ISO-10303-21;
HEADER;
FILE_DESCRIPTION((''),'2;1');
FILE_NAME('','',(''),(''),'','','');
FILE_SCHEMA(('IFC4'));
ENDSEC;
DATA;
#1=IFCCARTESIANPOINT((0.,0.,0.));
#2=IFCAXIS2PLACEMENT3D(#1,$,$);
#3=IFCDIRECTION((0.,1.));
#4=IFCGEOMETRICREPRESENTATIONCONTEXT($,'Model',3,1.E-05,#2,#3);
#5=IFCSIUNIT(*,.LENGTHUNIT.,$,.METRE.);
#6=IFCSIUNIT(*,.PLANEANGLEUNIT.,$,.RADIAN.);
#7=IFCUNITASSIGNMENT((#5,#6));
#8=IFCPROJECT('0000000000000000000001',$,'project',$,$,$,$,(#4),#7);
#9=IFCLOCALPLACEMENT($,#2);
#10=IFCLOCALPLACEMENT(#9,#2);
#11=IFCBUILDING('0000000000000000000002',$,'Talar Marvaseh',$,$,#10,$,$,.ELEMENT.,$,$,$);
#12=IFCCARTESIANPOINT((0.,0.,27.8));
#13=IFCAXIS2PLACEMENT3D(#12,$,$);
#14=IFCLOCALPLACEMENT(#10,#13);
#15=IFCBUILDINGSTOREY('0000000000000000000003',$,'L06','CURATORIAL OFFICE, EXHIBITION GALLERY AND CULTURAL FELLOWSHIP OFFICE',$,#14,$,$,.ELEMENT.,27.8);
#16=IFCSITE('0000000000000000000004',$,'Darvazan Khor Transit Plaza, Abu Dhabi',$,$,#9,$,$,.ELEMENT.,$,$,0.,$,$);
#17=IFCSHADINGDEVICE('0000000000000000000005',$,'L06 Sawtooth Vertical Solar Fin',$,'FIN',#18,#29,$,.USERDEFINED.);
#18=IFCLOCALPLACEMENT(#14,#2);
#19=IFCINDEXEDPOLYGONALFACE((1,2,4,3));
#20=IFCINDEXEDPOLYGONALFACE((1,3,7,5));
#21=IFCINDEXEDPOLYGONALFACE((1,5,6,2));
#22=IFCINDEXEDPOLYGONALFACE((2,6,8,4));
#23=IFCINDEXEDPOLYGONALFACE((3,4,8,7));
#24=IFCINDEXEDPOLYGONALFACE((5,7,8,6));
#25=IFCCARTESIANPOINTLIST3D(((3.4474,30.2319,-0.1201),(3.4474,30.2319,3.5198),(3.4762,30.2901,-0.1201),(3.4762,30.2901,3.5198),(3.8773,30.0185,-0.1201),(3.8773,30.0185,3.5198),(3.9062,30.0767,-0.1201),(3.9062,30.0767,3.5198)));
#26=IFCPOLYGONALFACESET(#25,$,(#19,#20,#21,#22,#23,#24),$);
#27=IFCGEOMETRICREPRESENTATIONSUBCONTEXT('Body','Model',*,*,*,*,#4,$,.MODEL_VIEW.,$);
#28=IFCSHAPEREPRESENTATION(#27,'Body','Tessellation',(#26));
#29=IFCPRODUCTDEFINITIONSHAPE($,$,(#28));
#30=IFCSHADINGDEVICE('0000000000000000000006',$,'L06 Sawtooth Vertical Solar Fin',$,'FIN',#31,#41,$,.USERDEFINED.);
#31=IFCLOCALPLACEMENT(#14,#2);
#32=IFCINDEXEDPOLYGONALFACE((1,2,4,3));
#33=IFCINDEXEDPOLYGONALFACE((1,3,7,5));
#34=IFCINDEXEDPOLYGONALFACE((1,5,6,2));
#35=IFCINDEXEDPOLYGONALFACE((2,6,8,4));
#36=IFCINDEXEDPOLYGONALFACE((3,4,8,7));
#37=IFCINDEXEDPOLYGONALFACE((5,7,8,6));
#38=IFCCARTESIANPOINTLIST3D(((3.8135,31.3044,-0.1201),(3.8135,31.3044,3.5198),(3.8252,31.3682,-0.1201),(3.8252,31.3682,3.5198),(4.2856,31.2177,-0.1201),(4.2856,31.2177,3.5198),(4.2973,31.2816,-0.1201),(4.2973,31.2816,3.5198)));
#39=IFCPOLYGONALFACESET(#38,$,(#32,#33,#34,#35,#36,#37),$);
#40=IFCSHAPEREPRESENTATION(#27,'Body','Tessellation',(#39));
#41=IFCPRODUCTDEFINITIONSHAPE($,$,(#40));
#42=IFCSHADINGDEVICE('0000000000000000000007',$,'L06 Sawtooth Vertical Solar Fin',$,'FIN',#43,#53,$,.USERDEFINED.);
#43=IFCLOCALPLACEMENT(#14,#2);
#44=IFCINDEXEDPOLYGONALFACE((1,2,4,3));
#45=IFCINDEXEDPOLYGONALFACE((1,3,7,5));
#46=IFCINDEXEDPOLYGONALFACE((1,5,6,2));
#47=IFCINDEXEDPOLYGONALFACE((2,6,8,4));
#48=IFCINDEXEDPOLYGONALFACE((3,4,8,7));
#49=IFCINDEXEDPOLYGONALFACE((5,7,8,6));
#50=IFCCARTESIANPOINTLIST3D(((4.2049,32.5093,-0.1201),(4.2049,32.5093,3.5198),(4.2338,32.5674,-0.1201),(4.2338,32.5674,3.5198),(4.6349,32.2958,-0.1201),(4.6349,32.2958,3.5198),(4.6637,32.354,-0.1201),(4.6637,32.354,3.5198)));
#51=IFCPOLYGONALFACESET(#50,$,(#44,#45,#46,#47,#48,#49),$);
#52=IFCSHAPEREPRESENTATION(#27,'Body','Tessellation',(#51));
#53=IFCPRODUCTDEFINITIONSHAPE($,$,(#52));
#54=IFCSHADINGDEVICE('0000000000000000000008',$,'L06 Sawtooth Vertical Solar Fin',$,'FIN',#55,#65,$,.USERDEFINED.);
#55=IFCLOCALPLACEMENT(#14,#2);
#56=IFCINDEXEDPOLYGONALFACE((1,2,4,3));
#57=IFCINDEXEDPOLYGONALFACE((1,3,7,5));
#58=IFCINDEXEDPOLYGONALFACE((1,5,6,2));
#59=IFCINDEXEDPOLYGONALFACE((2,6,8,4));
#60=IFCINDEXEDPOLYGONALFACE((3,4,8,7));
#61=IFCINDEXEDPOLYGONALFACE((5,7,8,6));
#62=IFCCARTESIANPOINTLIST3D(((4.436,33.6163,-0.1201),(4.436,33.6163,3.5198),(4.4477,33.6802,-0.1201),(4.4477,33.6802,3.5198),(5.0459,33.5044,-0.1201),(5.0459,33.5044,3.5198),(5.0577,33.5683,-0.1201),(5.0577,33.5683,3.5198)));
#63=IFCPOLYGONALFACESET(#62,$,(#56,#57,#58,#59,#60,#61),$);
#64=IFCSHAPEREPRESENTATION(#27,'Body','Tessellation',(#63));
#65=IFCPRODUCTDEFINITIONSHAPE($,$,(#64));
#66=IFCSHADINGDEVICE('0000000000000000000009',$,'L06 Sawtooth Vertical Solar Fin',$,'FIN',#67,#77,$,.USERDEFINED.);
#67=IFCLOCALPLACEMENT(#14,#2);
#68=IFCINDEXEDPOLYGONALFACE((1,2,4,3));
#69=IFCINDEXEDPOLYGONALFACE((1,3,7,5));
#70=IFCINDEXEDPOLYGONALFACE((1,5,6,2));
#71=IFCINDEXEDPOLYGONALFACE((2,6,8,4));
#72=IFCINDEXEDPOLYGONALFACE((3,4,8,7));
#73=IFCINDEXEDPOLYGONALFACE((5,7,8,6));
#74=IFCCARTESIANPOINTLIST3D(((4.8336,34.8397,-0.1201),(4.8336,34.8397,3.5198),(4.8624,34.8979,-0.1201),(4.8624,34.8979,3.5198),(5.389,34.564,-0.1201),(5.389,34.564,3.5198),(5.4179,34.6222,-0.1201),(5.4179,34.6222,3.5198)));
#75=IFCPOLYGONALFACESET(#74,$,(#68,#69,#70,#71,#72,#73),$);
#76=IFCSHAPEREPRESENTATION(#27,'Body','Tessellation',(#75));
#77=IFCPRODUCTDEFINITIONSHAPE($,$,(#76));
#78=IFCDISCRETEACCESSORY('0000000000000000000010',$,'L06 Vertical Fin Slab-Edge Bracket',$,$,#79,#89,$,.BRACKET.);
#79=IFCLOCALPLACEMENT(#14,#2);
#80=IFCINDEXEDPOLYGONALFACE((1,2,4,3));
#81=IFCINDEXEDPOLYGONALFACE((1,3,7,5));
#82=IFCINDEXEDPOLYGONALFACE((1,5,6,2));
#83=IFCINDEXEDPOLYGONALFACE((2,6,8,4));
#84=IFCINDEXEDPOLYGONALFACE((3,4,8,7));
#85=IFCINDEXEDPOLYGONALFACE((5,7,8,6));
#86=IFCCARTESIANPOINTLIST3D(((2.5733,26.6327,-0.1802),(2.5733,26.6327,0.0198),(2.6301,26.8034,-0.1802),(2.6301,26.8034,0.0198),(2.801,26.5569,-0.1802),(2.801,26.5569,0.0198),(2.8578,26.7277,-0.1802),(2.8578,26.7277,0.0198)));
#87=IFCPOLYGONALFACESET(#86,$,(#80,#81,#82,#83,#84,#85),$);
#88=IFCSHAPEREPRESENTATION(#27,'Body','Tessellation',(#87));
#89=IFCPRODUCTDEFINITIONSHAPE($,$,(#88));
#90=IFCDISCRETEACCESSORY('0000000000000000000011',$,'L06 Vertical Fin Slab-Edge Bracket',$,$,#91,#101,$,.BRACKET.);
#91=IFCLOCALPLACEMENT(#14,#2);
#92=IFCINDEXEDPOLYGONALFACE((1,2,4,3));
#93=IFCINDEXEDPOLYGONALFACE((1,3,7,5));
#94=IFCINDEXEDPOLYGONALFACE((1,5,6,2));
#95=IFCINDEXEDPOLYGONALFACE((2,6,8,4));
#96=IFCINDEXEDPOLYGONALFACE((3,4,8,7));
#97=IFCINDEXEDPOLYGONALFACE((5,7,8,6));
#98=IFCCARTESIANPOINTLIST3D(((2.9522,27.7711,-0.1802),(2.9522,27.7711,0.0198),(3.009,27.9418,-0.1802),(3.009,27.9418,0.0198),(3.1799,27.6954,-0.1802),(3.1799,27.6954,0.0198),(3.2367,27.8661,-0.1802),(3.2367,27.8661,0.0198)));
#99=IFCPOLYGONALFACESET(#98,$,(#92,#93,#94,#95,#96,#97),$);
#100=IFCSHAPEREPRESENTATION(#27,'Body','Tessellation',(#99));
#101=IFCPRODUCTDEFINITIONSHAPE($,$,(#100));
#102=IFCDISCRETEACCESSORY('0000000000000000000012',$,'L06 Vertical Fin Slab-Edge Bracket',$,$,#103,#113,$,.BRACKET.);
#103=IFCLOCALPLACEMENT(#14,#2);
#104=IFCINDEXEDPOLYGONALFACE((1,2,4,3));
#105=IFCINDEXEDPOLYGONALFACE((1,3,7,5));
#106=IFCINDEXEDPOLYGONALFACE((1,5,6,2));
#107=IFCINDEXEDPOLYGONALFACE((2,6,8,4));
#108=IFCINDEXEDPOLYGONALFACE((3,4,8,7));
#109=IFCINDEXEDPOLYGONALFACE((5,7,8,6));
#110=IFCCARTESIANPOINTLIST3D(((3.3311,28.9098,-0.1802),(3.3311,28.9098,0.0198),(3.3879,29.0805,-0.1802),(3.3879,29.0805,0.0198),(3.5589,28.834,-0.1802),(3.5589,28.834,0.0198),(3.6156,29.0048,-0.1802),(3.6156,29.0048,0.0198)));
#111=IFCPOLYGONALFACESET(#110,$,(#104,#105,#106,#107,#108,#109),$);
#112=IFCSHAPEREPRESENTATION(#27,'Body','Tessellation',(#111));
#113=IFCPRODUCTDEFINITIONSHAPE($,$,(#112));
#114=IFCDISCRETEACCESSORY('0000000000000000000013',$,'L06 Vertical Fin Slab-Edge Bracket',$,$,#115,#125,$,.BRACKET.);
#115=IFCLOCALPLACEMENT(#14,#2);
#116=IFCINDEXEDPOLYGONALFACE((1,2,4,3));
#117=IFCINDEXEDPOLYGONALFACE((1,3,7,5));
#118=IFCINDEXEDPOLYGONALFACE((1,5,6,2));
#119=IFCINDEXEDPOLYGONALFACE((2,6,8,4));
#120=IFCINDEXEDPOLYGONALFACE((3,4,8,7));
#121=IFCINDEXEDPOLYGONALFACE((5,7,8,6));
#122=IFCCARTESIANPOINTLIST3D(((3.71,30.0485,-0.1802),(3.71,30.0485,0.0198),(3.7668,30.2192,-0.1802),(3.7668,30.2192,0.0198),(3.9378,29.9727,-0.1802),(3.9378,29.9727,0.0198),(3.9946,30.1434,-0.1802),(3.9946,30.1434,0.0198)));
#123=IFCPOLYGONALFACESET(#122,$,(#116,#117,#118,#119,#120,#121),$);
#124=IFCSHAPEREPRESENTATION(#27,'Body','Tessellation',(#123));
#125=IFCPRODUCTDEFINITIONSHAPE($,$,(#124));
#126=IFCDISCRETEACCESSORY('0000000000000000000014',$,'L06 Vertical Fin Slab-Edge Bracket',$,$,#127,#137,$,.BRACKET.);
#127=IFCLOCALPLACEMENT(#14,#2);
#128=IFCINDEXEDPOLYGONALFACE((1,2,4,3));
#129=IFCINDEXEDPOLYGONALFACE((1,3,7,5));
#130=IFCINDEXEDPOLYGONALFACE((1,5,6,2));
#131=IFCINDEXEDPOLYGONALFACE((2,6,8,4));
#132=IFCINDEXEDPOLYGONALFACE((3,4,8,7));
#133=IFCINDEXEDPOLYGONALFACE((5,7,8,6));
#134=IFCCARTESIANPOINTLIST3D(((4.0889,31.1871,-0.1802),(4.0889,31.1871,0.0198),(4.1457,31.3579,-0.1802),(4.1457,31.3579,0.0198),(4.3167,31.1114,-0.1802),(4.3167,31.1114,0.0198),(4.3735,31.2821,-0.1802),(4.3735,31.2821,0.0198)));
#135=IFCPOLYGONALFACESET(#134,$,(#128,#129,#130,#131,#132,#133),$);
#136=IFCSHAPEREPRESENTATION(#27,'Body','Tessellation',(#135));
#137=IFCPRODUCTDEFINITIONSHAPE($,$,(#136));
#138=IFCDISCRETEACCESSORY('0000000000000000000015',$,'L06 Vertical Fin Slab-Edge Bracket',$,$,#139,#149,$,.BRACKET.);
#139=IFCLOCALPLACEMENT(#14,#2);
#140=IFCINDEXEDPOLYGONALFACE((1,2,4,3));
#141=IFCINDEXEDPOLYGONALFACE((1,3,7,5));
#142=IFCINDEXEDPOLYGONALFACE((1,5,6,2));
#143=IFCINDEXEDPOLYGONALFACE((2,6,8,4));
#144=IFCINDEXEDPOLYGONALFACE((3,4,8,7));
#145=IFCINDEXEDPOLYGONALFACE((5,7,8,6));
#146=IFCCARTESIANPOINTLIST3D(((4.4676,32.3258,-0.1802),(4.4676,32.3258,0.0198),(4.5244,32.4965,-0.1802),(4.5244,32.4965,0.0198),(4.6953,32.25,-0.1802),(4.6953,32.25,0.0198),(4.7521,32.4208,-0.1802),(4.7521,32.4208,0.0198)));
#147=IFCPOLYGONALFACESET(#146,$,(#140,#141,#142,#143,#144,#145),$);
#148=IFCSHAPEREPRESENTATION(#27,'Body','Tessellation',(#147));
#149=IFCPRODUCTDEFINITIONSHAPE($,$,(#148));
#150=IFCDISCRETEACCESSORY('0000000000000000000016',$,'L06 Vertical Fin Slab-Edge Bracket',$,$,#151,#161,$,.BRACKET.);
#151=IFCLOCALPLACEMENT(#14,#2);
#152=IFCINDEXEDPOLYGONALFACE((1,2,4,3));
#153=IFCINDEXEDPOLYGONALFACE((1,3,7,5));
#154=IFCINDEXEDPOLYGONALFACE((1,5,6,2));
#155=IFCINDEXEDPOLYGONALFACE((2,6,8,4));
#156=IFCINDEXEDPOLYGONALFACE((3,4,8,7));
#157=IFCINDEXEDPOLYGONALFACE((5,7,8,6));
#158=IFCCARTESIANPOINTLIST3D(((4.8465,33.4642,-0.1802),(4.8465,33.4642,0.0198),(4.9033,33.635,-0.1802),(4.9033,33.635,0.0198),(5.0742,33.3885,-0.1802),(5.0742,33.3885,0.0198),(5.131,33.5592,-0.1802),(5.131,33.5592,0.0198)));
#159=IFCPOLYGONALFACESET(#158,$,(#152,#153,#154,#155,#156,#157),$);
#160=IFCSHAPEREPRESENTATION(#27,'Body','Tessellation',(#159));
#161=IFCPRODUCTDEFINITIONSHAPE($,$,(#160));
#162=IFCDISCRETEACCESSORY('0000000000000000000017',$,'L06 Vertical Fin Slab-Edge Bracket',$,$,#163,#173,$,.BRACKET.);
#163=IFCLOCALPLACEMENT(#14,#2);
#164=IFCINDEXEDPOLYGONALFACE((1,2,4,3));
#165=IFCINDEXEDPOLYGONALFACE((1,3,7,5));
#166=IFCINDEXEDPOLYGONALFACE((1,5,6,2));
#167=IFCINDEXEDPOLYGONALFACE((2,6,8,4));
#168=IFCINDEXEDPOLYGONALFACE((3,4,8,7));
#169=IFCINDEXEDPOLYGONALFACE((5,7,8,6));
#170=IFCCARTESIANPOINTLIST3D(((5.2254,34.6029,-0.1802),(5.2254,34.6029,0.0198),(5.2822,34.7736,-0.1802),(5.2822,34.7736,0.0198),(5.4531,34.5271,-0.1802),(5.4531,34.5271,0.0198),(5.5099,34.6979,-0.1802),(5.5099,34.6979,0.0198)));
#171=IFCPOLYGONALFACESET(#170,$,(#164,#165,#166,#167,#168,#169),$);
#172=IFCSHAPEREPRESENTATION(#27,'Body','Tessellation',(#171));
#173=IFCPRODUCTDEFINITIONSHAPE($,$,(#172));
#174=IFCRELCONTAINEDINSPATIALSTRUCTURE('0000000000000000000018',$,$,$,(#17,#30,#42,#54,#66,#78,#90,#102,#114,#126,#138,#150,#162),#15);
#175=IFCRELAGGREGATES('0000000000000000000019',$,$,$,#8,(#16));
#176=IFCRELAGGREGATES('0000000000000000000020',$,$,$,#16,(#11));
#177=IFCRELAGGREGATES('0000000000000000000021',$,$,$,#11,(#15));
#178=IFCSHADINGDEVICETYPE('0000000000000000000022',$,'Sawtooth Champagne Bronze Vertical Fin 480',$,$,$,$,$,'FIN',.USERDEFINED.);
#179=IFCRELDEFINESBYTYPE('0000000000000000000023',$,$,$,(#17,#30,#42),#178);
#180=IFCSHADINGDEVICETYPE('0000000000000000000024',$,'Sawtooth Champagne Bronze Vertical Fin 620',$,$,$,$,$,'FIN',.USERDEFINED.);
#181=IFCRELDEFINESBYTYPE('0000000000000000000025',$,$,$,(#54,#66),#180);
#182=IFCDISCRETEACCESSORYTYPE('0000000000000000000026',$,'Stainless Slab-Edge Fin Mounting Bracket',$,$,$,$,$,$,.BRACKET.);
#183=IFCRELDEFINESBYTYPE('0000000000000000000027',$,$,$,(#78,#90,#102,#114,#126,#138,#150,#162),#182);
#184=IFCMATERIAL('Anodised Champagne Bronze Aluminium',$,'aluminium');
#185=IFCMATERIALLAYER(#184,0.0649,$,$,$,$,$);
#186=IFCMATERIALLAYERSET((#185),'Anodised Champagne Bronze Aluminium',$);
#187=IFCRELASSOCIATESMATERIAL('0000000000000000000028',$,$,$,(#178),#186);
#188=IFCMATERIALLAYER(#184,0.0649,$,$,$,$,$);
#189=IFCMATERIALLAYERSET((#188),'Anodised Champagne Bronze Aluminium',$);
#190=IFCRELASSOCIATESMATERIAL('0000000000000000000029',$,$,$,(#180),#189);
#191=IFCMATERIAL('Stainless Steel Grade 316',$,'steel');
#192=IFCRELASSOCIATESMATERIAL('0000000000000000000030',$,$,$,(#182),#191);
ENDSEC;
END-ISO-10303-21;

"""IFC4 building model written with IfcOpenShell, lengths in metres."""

from ifc_helpers import new_model, si_unit, direction, frame, origin, origin_2d, place, context, subcontext, project, spatial, rectangle, extrude, source, transform, mapped, material, layer, layer_set, type_object, type_shapes, element, save


model = new_model("IFC4")

# Units and contexts
model_context = context("Model", 3, precision=1e-05, world=origin(), true_north=direction((0.0, 1.0)))
body_context = subcontext(model_context, "Body", "Model", "MODEL_VIEW")
ifc_project = project(units=[si_unit("LENGTHUNIT", "METRE"), si_unit("PLANEANGLEUNIT", "RADIAN")], contexts=[model_context])

# Site, building, storey
site_placement = place(None, origin())
site = spatial("IfcSite", under=ifc_project, at=site_placement, Name="Darvazan Khor Transit Plaza, Abu Dhabi", CompositionType="ELEMENT", RefElevation=0.0)
building_placement = place(site_placement, origin())
building = spatial("IfcBuilding", under=site, at=building_placement, Name="Talar Marvaseh", CompositionType="ELEMENT")
storey_placement = place(building_placement, frame((0.0, 0.0, 27.8)))
storey = spatial("IfcBuildingStorey", under=building, at=storey_placement, Name="L06", Description="CURATORIAL OFFICE, EXHIBITION GALLERY AND CULTURAL FELLOWSHIP OFFICE", CompositionType="ELEMENT", Elevation=27.8)

# Shading devices
ifc_material_1 = material(Name="Anodised Champagne Bronze Aluminium", Category="aluminium")
ifc_layer_1 = layer(ifc_material_1, 0.0649)
ifc_layer_set_1 = layer_set([ifc_layer_1], Name="Anodised Champagne Bronze Aluminium")
shading_device_type_1 = type_object("IfcShadingDeviceType", Name="Sawtooth Champagne Bronze Vertical Fin 480", ElementType="FIN", PredefinedType="USERDEFINED", material=ifc_layer_set_1)
shared_shape_1 = source(origin(), body_context, "Body", "SweptSolid", [
    extrude(rectangle(XDim=0.48, YDim=0.0649, at=origin_2d()), origin(), (0.0, 0.0, 1.0), 3.6399),
])
type_shapes(shading_device_type_1, [shared_shape_1])
for number, where, z_axis, x_axis, name in (
    (1, (3.6768, 30.1543, -0.1201), (0.0, 0.0, 1.0), (-0.895712, 0.444635, 0.0), "L06 Sawtooth Vertical Solar Fin"),
    (2, (4.0554, 31.293, -0.1201), (0.0, 0.0, 1.0), (-0.983571, 0.180519, 0.0), "L06 Sawtooth Vertical Solar Fin"),
    (3, (4.4343, 32.4316, -0.1201), (0.0, 0.0, 1.0), (-0.895712, 0.444635, 0.0), "L06 Sawtooth Vertical Solar Fin"),
):
    element("IfcShadingDevice", number, at=place(storey_placement, frame(where, z_axis=z_axis, x_axis=x_axis)), inside=storey, type_object=shading_device_type_1, Name=name, ObjectType="FIN", PredefinedType="USERDEFINED", context=body_context, shape_type="MappedRepresentation", body=[
        mapped(shared_shape_1, transform((0.0, 0.0, 0.0), x_axis=(1.0, 0.0, 0.0), y_axis=(0.0, 1.0, 0.0), z_axis=(0.0, 0.0, 1.0), scale=1.0)),
    ])
ifc_layer_2 = layer(ifc_material_1, 0.0649)
ifc_layer_set_2 = layer_set([ifc_layer_2], Name="Anodised Champagne Bronze Aluminium")
shading_device_type_2 = type_object("IfcShadingDeviceType", Name="Sawtooth Champagne Bronze Vertical Fin 620", ElementType="FIN", PredefinedType="USERDEFINED", material=ifc_layer_set_2)
shared_shape_2 = source(origin(), body_context, "Body", "SweptSolid", [
    extrude(rectangle(XDim=0.6201, YDim=0.0649, at=origin_2d()), origin(), (0.0, 0.0, 1.0), 3.6399),
])
type_shapes(shading_device_type_2, [shared_shape_2])
for number, where, z_axis, x_axis, name in (
    (4, (4.7468, 33.5923, -0.1201), (0.0, 0.0, 1.0), (-0.983571, 0.180519, 0.0), "L06 Sawtooth Vertical Solar Fin"),
    (5, (5.1257, 34.731, -0.1201), (0.0, 0.0, 1.0), (-0.895712, 0.444635, 0.0), "L06 Sawtooth Vertical Solar Fin"),
):
    element("IfcShadingDevice", number, at=place(storey_placement, frame(where, z_axis=z_axis, x_axis=x_axis)), inside=storey, type_object=shading_device_type_2, Name=name, ObjectType="FIN", PredefinedType="USERDEFINED", context=body_context, shape_type="MappedRepresentation", body=[
        mapped(shared_shape_2, transform((0.0, 0.0, 0.0), x_axis=(1.0, 0.0, 0.0), y_axis=(0.0, 1.0, 0.0), z_axis=(0.0, 0.0, 1.0), scale=1.0)),
    ])

# Discrete accessories
ifc_material_2 = material(Name="Stainless Steel Grade 316", Category="steel")
discrete_accessory_type = type_object("IfcDiscreteAccessoryType", Name="Stainless Slab-Edge Fin Mounting Bracket", PredefinedType="BRACKET", material=ifc_material_2)
shared_shape_3 = source(origin(), body_context, "Body", "SweptSolid", [
    extrude(rectangle(XDim=0.24, YDim=0.1799, at=origin_2d()), origin(), (0.0, 0.0, 1.0), 0.2),
])
type_shapes(discrete_accessory_type, [shared_shape_3])
for number, where, z_axis, x_axis, name in (
    (6, (2.7156, 26.6802, -0.1802), (0.0, 0.0, 1.0), (-0.948876, 0.315649, 0.0), "L06 Vertical Fin Slab-Edge Bracket"),
    (7, (3.0945, 27.8186, -0.1802), (0.0, 0.0, 1.0), (-0.948876, 0.315649, 0.0), "L06 Vertical Fin Slab-Edge Bracket"),
    (8, (3.4734, 28.9573, -0.1802), (0.0, 0.0, 1.0), (-0.948876, 0.315649, 0.0), "L06 Vertical Fin Slab-Edge Bracket"),
    (9, (3.8523, 30.0959, -0.1802), (0.0, 0.0, 1.0), (-0.948876, 0.315649, 0.0), "L06 Vertical Fin Slab-Edge Bracket"),
    (10, (4.2312, 31.2346, -0.1802), (0.0, 0.0, 1.0), (-0.948876, 0.315649, 0.0), "L06 Vertical Fin Slab-Edge Bracket"),
    (11, (4.6099, 32.3733, -0.1802), (0.0, 0.0, 1.0), (-0.948876, 0.315649, 0.0), "L06 Vertical Fin Slab-Edge Bracket"),
    (12, (4.9888, 33.5117, -0.1802), (0.0, 0.0, 1.0), (-0.948876, 0.315649, 0.0), "L06 Vertical Fin Slab-Edge Bracket"),
    (13, (5.3677, 34.6504, -0.1802), (0.0, 0.0, 1.0), (-0.948876, 0.315649, 0.0), "L06 Vertical Fin Slab-Edge Bracket"),
):
    element("IfcDiscreteAccessory", number, at=place(storey_placement, frame(where, z_axis=z_axis, x_axis=x_axis)), inside=storey, type_object=discrete_accessory_type, Name=name, PredefinedType="BRACKET", context=body_context, shape_type="MappedRepresentation", body=[
        mapped(shared_shape_3, transform((0.0, 0.0, 0.0), x_axis=(1.0, 0.0, 0.0), y_axis=(0.0, 1.0, 0.0), z_axis=(0.0, 0.0, 1.0), scale=1.0)),
    ])

save(model, "model.ifc")
